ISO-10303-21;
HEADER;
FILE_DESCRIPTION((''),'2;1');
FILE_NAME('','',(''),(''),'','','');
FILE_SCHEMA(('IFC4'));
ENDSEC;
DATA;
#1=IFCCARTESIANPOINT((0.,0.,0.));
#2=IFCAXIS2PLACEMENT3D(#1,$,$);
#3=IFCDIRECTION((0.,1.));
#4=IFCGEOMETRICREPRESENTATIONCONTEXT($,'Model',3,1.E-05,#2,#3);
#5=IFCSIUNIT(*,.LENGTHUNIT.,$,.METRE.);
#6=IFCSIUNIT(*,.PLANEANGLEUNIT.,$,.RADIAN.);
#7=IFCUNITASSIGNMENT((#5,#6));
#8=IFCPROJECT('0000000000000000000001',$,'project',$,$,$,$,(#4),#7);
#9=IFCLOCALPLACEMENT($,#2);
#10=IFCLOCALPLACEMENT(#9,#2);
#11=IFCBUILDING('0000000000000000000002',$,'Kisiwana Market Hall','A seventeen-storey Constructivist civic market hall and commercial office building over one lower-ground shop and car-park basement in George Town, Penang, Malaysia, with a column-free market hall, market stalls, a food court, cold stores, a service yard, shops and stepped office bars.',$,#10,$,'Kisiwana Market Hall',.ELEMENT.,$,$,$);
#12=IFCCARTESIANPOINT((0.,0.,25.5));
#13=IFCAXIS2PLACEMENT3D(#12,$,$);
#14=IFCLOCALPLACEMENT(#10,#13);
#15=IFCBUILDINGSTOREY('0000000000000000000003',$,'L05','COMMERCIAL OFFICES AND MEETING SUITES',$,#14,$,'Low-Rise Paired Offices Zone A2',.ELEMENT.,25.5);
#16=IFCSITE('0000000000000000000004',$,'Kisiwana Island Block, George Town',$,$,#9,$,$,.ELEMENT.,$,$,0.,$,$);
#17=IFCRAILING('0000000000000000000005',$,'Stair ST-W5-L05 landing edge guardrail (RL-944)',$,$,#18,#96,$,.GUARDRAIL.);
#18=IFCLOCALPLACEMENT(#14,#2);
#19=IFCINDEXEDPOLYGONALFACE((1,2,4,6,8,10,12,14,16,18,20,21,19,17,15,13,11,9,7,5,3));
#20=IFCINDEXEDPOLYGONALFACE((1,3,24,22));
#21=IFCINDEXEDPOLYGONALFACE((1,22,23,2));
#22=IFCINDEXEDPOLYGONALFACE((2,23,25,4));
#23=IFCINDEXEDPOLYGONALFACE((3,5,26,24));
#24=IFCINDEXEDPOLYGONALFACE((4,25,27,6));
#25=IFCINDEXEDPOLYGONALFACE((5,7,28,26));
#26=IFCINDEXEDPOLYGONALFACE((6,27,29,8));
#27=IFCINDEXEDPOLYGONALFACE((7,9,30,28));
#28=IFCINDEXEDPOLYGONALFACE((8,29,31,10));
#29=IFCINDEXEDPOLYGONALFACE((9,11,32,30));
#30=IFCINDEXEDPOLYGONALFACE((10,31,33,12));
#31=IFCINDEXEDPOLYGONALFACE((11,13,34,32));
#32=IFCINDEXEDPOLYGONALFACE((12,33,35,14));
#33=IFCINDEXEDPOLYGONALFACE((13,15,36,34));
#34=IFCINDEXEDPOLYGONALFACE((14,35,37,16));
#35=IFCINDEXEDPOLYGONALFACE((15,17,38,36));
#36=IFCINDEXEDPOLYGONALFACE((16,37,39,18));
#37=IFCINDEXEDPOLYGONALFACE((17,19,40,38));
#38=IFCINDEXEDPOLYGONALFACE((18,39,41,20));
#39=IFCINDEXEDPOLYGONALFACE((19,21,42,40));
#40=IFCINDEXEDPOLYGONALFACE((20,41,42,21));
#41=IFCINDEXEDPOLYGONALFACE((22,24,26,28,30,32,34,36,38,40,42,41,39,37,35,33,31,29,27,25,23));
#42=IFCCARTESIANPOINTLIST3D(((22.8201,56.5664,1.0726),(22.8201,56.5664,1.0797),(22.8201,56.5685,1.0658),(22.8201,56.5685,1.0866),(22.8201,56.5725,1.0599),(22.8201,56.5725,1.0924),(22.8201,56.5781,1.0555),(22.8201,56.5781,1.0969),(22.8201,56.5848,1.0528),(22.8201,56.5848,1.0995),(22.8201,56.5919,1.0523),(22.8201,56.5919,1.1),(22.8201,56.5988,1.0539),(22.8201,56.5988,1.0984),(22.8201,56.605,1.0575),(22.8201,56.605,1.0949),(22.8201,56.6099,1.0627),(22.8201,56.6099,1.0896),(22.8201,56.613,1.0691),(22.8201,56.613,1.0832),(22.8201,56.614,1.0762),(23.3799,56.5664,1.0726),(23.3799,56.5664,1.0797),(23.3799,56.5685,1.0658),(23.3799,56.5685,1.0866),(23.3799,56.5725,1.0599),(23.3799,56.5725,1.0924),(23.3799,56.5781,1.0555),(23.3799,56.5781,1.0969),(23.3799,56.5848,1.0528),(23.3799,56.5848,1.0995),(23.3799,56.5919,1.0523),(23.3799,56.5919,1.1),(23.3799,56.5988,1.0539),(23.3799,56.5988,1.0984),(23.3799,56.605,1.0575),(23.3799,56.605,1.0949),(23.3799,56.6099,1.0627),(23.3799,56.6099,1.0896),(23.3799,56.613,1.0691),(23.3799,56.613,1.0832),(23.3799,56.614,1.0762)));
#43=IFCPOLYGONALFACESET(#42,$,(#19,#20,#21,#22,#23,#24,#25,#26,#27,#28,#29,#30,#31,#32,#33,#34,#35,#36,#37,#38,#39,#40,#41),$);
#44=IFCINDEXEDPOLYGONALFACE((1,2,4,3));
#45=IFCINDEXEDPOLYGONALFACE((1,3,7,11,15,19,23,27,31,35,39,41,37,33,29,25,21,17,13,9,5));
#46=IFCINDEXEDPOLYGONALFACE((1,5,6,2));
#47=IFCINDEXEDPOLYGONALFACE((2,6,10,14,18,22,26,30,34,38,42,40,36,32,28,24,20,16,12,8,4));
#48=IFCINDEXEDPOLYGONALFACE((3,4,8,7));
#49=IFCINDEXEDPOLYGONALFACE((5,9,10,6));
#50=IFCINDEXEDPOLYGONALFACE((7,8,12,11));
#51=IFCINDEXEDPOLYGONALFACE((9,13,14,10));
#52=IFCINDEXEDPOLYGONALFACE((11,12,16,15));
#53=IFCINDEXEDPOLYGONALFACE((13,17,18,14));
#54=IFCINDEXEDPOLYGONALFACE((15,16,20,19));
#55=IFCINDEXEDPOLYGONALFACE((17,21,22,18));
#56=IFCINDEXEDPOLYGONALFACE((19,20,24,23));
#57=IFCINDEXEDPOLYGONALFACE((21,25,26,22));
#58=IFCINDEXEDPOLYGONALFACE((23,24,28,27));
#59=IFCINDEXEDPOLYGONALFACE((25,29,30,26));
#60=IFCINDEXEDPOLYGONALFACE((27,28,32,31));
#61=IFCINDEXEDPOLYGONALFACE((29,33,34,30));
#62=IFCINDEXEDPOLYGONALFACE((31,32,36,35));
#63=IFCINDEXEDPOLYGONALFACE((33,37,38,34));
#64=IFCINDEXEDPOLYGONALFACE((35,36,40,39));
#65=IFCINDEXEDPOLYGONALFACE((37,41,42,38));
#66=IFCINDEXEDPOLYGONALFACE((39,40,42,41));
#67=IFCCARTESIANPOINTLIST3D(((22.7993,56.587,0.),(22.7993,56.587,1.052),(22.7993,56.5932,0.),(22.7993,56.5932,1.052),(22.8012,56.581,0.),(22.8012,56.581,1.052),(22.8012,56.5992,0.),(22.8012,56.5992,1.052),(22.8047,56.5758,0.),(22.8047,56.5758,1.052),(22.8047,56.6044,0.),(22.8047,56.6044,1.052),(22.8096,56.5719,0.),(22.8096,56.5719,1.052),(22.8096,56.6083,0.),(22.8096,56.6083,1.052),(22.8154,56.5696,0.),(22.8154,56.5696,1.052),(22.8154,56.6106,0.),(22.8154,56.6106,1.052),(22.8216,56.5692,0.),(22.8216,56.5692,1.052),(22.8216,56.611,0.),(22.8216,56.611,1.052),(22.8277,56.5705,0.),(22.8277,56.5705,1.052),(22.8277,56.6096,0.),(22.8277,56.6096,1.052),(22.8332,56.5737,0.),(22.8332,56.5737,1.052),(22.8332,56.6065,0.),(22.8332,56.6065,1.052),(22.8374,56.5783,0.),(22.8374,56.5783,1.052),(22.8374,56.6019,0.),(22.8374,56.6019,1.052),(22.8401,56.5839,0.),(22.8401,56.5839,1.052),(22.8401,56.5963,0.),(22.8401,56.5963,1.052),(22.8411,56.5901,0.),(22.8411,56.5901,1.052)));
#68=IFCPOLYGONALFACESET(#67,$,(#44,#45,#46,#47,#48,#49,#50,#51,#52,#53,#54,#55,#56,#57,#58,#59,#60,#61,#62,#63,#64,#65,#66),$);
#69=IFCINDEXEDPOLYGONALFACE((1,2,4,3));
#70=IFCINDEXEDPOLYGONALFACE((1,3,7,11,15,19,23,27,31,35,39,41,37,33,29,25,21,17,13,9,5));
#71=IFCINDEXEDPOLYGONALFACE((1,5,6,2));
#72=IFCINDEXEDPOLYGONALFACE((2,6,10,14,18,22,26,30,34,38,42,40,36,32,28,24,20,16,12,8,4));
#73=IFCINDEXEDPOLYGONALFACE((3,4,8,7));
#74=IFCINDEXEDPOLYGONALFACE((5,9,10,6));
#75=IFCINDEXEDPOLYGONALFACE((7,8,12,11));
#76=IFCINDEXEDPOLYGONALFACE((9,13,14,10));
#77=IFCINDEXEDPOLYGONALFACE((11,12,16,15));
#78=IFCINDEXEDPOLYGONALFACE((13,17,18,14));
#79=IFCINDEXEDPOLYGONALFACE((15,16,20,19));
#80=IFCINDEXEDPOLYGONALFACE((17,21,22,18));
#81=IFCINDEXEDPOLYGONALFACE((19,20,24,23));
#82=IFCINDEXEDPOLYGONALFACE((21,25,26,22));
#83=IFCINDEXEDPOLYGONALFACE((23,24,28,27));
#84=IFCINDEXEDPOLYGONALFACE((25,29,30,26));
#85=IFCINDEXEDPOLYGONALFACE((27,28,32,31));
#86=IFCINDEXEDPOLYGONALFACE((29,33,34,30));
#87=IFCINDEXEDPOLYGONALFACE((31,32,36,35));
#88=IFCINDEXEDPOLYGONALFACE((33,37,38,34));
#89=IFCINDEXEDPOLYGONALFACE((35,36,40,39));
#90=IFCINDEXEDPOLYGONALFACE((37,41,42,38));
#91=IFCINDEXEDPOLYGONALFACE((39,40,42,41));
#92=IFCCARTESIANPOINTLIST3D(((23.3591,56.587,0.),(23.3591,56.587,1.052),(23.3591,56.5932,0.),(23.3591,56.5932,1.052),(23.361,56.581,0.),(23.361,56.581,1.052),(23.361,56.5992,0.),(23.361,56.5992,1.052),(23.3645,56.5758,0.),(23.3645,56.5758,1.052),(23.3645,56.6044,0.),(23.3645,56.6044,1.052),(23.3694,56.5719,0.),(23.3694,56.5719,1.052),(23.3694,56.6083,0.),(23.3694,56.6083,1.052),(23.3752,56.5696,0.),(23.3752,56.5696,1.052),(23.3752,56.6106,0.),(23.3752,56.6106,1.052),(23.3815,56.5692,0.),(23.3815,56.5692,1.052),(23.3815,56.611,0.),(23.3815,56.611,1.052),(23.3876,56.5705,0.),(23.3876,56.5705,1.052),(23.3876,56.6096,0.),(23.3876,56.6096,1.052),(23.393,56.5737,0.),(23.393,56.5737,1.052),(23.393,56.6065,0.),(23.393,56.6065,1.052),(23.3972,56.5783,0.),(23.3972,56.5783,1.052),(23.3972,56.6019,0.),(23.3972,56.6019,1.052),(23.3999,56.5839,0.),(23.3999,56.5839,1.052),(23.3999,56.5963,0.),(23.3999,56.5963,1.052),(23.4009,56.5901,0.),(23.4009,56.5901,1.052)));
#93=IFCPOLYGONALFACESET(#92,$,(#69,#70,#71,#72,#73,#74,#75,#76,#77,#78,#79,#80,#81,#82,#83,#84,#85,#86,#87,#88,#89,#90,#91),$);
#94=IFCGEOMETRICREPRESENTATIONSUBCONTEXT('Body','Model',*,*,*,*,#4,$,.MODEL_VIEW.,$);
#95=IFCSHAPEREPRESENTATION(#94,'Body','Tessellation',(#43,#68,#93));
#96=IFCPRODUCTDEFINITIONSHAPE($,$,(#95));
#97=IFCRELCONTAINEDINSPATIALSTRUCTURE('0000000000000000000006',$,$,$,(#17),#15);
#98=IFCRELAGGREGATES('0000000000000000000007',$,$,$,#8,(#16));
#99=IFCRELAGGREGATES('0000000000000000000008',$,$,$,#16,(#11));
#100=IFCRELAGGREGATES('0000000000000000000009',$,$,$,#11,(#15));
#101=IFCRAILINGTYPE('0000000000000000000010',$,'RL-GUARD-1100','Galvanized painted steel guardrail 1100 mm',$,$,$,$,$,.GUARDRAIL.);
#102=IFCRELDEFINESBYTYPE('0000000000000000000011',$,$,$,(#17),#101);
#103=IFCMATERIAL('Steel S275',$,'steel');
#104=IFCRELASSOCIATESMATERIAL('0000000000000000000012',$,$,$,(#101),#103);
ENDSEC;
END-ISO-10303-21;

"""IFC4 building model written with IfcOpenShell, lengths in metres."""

from ifc_helpers import new_model, si_unit, direction, frame, origin, origin_2d, place, context, subcontext, project, spatial, circle, extrude, material, type_object, element, save


model = new_model("IFC4")

# Units and contexts
model_context = context("Model", 3, precision=1e-05, world=origin(), true_north=direction((0.0, 1.0)))
body_context = subcontext(model_context, "Body", "Model", "MODEL_VIEW")
ifc_project = project(units=[si_unit("LENGTHUNIT", "METRE"), si_unit("PLANEANGLEUNIT", "RADIAN")], contexts=[model_context])

# Site, building, storey
site_placement = place(None, origin())
site = spatial("IfcSite", under=ifc_project, at=site_placement, Name="Kisiwana Island Block, George Town", CompositionType="ELEMENT", RefElevation=0.0)
building_placement = place(site_placement, origin())
building = spatial("IfcBuilding", under=site, at=building_placement, Name="Kisiwana Market Hall", Description="A seventeen-storey Constructivist civic market hall and commercial office building over one lower-ground shop and car-park basement in George Town, Penang, Malaysia, with a column-free market hall, market stalls, a food court, cold stores, a service yard, shops and stepped office bars.", LongName="Kisiwana Market Hall", CompositionType="ELEMENT")
storey_placement = place(building_placement, frame((0.0, 0.0, 25.5)))
storey = spatial("IfcBuildingStorey", under=building, at=storey_placement, Name="L05", Description="COMMERCIAL OFFICES AND MEETING SUITES", LongName="Low-Rise Paired Offices Zone A2", CompositionType="ELEMENT", Elevation=25.5)

# Railing
ifc_material_1 = material(Name="Steel S275", Category="steel")
railing_type_1 = type_object("IfcRailingType", Name="RL-GUARD-1100", Description="Galvanized painted steel guardrail 1100 mm", PredefinedType="GUARDRAIL", material=ifc_material_1)
railing_1_placement = place(storey_placement, frame((22.8201, 56.5901, 0.0)))
element("IfcRailing", 1, at=railing_1_placement, inside=storey, type_object=railing_type_1, Name="Stair ST-W5-L05 landing edge guardrail (RL-944)", PredefinedType="GUARDRAIL", context=body_context, shape_type="SweptSolid", body=[
    extrude(circle(Radius=0.0239, at=origin_2d()), frame((0.0, 0.0, 1.0762), z_axis=(1.0, 0.0, 0.0), x_axis=(0.0, 1.0, 0.0)), (0.0, 0.0, 1.0), 0.5598),
    extrude(circle(Radius=0.021, at=origin_2d()), origin(), (0.0, 0.0, 1.0), 1.052),
    extrude(circle(Radius=0.021, at=origin_2d()), frame((0.5598, 0.0, 0.0)), (0.0, 0.0, 1.0), 1.052),
])

save(model, "model.ifc")
